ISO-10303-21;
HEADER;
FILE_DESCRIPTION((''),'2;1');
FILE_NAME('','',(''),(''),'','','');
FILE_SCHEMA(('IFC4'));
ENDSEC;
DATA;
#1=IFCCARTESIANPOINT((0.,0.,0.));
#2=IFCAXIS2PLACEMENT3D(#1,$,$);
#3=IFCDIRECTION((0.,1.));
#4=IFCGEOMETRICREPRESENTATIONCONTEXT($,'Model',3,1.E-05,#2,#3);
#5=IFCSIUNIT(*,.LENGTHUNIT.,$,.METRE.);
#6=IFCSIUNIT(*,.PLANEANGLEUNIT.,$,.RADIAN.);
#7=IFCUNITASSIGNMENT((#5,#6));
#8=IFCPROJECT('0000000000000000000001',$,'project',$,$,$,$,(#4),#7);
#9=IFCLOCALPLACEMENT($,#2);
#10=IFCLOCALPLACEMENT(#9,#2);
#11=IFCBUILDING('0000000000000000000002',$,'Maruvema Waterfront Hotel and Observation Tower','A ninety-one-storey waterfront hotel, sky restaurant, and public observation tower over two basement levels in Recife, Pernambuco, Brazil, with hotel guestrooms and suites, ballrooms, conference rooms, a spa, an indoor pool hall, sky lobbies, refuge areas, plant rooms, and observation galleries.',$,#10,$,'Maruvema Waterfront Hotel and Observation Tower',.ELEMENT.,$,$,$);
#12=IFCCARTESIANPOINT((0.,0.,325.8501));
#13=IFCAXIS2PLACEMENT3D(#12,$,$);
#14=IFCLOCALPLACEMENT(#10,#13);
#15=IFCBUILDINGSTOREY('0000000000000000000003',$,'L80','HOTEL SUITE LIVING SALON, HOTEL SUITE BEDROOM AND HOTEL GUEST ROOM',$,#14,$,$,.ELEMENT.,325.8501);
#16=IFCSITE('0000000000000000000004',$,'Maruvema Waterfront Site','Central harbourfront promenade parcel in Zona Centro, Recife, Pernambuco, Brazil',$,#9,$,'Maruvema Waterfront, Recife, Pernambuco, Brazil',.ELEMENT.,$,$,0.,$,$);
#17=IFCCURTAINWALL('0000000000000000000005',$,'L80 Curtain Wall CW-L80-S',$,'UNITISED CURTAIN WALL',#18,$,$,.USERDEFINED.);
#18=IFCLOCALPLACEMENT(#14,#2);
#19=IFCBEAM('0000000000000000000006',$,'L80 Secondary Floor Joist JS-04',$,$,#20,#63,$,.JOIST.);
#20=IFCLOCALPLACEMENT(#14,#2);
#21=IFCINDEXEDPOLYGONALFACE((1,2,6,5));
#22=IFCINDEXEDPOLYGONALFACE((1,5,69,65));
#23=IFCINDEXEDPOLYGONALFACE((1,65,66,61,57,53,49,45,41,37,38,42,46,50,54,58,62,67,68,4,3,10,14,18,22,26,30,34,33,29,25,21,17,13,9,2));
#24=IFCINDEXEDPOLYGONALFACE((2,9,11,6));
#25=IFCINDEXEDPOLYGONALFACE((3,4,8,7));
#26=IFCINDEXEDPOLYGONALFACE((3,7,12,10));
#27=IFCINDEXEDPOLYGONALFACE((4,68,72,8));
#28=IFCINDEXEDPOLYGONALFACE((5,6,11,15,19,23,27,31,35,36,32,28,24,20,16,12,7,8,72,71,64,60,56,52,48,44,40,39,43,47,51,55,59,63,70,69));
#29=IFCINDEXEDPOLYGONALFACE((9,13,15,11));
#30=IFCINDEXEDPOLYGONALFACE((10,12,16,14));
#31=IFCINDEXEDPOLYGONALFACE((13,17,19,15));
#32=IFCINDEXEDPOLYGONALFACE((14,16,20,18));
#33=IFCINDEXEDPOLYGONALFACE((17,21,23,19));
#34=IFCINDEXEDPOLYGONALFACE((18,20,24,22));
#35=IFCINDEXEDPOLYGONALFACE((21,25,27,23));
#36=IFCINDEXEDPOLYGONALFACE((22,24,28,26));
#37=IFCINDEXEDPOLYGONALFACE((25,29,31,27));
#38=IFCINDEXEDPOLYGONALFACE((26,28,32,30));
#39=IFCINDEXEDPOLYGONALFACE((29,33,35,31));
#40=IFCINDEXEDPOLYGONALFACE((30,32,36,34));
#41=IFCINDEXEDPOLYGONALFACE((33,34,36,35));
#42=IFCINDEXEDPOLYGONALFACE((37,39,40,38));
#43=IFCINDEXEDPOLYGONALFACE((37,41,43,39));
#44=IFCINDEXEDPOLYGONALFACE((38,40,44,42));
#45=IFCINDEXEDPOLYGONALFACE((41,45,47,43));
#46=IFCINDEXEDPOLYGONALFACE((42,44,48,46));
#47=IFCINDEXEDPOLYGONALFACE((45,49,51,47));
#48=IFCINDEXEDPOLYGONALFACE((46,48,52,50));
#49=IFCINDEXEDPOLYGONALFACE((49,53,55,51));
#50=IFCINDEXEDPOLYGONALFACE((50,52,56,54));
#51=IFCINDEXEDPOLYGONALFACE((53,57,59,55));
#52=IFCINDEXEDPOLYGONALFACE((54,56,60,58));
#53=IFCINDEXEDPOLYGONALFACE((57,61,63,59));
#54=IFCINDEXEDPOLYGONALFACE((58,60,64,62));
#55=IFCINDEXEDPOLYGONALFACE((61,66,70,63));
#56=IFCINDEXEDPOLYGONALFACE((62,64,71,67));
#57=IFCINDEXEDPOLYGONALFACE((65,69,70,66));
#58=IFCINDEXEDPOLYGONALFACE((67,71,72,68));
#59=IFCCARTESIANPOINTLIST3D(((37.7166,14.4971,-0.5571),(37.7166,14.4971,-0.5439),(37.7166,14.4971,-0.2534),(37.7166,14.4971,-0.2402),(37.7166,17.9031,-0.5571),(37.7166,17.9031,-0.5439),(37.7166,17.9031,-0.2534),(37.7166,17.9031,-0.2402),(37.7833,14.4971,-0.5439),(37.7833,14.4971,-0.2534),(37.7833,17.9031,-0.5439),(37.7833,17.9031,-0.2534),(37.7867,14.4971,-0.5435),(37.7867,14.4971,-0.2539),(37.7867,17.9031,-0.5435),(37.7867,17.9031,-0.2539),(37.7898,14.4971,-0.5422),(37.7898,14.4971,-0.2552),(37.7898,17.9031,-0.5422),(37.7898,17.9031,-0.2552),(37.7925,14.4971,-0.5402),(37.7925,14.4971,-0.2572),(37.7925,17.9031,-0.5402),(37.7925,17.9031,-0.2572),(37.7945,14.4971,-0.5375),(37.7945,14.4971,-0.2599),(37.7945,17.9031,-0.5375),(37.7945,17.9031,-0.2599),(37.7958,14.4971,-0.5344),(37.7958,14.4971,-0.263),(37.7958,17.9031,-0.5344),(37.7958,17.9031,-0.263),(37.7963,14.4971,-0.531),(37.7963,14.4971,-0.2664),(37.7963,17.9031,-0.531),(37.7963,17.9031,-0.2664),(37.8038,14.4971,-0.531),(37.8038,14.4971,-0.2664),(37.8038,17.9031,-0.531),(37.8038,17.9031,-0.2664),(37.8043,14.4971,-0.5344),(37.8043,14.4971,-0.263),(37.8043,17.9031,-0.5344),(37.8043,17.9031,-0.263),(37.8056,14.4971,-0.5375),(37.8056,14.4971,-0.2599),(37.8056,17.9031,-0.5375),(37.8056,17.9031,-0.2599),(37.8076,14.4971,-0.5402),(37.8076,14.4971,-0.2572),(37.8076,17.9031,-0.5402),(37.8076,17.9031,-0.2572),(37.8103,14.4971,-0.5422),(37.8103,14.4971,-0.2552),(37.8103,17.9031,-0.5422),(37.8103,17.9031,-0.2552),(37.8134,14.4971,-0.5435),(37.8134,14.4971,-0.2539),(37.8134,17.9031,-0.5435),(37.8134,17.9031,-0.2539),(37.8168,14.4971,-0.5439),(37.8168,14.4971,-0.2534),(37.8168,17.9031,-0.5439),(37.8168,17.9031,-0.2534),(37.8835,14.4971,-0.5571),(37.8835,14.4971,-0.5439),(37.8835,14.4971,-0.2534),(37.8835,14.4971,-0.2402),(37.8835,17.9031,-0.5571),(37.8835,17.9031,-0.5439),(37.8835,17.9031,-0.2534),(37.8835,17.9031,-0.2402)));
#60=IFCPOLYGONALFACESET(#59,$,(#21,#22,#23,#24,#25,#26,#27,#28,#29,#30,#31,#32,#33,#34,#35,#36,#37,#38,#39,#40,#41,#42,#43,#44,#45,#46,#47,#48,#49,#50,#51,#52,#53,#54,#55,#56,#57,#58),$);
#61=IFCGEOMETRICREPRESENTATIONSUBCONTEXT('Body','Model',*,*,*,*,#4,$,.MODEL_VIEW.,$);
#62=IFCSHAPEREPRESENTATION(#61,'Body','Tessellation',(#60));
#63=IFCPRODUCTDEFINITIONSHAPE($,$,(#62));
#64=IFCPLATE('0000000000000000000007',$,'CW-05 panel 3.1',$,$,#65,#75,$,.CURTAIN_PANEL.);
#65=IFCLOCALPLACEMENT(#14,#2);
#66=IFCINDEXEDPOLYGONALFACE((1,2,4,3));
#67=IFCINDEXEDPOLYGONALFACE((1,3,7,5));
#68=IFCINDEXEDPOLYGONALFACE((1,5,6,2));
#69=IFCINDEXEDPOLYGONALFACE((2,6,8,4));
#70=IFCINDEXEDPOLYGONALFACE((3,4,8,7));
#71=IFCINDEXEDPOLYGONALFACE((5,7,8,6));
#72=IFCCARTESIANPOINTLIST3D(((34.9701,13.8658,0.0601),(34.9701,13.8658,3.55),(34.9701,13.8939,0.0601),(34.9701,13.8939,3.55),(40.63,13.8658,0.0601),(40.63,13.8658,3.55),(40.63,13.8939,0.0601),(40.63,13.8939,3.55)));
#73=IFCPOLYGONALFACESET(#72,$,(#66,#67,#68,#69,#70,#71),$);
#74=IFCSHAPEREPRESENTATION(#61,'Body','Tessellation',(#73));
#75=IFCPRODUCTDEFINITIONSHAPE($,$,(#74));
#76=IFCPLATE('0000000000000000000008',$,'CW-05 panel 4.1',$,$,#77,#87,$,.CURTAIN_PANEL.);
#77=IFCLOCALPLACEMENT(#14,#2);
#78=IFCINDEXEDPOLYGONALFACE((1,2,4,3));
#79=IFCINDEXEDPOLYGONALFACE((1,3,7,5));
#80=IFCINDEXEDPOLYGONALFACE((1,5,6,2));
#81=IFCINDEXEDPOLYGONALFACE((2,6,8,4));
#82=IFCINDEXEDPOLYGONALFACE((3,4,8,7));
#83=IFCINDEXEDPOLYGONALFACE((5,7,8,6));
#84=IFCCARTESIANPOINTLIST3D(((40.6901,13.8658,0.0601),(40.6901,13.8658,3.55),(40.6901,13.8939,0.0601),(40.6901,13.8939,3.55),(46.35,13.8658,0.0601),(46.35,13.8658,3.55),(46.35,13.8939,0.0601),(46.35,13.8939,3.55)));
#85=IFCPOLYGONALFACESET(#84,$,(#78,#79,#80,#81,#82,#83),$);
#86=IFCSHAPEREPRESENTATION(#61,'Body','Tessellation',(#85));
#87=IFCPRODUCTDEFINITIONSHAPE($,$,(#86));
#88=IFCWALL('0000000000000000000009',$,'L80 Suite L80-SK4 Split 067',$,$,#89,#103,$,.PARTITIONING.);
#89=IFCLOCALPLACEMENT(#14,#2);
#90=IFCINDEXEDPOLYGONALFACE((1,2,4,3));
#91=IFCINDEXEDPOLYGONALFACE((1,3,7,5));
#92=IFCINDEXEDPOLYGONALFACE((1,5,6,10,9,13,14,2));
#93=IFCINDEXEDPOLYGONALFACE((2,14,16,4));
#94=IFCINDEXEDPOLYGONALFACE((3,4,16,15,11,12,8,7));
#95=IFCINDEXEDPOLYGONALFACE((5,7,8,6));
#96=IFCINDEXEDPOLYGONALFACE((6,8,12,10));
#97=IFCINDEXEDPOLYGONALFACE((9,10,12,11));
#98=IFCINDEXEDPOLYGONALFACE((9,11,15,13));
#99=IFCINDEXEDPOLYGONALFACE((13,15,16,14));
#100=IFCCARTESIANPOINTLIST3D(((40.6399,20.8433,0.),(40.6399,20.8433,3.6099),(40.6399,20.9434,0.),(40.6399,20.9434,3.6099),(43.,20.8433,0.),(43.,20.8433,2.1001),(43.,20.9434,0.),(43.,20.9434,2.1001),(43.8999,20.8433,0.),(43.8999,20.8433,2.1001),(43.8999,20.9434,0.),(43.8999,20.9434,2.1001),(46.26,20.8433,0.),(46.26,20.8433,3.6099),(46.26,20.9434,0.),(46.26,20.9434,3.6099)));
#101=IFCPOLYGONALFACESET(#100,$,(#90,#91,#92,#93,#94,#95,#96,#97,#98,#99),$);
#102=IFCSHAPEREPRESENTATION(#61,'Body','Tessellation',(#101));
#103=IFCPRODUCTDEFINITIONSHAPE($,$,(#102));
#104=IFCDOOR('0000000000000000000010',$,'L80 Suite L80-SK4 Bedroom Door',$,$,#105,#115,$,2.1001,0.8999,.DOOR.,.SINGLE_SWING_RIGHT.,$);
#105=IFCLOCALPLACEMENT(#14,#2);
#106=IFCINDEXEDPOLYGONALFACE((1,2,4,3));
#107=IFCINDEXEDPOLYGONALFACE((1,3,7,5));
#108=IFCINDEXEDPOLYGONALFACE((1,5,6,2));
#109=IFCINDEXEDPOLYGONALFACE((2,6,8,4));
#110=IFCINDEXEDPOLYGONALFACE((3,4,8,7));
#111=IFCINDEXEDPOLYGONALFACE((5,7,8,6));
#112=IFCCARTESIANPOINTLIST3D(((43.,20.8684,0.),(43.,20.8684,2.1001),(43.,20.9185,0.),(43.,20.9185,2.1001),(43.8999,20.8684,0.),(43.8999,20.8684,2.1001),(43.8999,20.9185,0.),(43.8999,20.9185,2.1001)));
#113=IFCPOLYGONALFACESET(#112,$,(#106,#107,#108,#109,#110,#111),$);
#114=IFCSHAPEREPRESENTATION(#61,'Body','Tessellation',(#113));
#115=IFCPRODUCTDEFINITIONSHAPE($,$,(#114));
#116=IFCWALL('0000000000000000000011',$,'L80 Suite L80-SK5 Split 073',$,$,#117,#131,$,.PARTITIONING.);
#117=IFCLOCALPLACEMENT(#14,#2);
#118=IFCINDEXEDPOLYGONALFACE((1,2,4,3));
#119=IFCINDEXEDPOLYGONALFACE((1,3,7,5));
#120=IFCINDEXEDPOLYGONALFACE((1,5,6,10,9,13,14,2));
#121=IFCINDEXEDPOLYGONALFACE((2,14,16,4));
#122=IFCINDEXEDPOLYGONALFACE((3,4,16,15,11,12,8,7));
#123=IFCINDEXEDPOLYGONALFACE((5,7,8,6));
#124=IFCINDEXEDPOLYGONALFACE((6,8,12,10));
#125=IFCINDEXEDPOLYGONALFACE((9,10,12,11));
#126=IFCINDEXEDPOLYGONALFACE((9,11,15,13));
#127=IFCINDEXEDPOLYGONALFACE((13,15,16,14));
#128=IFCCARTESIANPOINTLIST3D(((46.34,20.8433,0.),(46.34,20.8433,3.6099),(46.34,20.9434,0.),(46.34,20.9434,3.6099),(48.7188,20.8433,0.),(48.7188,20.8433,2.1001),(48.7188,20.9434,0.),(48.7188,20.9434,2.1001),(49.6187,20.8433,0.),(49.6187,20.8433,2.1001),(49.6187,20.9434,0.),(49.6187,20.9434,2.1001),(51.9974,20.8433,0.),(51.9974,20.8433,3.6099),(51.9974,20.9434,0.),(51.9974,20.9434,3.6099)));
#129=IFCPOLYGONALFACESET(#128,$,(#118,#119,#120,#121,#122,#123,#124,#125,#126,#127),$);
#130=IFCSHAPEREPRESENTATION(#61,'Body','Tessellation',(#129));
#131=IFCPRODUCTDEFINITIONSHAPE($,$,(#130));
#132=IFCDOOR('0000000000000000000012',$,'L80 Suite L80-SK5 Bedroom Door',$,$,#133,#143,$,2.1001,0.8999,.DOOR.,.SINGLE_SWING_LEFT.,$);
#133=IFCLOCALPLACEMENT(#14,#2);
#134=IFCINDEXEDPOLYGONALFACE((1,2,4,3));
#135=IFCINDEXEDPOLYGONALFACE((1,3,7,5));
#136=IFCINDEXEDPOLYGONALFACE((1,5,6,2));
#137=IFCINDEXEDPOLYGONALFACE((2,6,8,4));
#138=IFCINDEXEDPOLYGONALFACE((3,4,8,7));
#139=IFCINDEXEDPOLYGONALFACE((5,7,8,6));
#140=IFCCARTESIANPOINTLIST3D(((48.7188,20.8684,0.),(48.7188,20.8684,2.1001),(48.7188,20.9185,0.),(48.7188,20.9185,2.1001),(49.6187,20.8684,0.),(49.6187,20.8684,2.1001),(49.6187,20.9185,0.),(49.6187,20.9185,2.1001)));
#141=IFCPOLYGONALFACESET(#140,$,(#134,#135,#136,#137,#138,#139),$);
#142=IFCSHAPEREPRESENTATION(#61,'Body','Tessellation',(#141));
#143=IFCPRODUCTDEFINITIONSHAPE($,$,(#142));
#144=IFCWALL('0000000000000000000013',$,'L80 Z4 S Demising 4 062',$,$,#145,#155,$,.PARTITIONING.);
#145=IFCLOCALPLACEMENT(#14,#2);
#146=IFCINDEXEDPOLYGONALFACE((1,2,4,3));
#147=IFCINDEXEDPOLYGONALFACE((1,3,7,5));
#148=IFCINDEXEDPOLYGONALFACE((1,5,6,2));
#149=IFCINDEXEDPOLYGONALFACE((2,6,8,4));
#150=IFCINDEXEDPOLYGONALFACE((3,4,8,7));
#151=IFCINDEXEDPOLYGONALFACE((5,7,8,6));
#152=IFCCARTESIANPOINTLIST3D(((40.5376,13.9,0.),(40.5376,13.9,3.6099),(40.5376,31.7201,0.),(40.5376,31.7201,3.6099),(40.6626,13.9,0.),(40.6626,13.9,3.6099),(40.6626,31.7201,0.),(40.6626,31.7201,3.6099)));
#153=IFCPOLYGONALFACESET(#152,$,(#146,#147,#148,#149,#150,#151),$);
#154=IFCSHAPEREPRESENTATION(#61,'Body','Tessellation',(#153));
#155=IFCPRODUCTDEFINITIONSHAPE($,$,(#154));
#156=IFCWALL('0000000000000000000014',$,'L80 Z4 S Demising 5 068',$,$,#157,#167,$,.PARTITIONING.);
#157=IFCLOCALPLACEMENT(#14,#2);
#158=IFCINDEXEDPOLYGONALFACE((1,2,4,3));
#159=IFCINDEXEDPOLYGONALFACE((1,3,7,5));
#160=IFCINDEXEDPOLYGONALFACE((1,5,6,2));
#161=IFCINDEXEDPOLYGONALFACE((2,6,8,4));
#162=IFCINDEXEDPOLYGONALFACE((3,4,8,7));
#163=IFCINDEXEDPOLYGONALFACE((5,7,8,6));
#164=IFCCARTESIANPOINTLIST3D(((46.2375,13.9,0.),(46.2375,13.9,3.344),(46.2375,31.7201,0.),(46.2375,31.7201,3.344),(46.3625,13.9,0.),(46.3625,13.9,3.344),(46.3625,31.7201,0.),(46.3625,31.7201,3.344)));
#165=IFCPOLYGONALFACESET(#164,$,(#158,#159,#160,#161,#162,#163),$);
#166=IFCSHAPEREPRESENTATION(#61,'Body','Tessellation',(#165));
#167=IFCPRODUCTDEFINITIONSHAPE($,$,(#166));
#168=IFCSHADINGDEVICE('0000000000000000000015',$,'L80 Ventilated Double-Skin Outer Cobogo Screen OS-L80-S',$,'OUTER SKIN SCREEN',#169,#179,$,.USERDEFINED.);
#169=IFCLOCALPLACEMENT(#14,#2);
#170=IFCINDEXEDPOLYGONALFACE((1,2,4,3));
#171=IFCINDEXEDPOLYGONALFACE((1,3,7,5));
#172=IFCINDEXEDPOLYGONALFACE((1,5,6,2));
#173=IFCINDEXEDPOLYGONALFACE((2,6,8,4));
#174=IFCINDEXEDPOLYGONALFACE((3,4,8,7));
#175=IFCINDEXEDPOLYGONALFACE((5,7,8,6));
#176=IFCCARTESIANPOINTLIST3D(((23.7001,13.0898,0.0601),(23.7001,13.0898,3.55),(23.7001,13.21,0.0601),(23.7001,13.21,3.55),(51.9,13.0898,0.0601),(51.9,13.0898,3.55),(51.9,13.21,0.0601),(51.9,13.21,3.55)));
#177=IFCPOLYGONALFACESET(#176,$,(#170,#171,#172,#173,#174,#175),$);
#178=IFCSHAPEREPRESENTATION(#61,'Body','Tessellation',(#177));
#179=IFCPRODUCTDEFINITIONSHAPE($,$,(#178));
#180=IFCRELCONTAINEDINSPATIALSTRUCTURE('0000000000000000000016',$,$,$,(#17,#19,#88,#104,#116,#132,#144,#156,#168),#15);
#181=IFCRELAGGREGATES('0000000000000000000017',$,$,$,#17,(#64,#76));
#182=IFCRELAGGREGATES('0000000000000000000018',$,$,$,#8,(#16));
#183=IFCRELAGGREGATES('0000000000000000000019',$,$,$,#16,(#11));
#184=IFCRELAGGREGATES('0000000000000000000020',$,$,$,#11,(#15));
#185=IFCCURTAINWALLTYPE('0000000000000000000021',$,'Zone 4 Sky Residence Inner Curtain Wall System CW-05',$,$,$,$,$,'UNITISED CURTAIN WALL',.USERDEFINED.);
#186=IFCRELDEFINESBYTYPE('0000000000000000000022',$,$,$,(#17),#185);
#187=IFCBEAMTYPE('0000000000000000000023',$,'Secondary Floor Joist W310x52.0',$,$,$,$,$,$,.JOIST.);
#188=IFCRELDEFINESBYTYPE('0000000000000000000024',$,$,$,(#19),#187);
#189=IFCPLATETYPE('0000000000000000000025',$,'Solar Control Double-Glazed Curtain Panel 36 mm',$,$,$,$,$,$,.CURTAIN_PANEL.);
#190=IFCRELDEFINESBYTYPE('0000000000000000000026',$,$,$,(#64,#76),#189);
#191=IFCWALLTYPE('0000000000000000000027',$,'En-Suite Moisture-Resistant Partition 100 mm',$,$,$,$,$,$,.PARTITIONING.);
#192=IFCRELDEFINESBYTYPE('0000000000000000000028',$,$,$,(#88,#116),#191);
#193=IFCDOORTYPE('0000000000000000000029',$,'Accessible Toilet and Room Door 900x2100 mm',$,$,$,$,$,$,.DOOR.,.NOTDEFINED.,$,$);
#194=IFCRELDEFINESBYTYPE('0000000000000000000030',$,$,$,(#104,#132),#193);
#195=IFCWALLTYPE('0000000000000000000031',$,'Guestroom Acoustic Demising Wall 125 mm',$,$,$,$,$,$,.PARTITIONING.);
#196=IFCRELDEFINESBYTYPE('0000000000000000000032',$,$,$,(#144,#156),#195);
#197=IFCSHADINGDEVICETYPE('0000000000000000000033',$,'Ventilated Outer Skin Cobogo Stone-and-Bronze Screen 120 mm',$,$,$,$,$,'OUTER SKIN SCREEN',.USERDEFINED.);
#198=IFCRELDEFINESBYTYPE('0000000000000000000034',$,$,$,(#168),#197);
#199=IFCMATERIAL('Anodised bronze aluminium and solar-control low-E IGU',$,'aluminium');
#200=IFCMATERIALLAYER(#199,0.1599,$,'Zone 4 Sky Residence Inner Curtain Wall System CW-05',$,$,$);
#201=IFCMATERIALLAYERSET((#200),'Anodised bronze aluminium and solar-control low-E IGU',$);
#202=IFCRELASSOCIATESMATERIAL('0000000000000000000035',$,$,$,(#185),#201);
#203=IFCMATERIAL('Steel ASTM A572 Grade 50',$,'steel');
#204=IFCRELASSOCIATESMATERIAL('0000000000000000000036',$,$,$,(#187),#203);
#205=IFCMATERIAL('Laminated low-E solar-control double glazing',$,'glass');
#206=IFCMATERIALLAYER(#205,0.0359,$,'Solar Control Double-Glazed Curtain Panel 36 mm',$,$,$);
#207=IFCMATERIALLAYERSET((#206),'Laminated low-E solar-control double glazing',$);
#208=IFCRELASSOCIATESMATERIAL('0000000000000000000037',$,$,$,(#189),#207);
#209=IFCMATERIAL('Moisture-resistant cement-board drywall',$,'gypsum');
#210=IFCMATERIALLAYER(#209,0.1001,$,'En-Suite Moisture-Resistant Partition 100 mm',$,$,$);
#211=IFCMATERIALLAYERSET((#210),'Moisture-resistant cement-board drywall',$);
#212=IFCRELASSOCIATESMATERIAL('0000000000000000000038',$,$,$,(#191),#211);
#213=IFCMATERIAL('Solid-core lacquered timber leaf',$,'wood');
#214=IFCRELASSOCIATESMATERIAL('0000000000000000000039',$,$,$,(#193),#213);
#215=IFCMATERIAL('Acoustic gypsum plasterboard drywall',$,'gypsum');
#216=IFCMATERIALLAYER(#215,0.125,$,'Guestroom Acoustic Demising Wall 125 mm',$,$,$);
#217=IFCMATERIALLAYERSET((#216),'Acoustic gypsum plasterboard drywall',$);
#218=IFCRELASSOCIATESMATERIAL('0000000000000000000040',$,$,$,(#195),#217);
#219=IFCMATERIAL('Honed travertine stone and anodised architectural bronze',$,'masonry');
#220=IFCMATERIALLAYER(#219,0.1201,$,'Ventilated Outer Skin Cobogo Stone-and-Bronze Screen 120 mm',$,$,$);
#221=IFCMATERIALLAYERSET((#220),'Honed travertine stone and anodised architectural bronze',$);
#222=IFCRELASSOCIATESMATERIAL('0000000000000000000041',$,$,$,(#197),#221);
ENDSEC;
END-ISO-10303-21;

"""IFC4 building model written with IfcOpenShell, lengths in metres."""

from ifc_helpers import new_model, si_unit, direction, frame, frame_2d, origin, origin_2d, place, context, subcontext, project, spatial, rectangle, i_section, extrude, material, layer, layer_set, material_profile, profile_set, type_object, element, fill, aggregate, save


model = new_model("IFC4")

# Units and contexts
model_context = context("Model", 3, precision=1e-05, world=origin(), true_north=direction((0.0, 1.0)))
body_context = subcontext(model_context, "Body", "Model", "MODEL_VIEW")
ifc_project = project(units=[si_unit("LENGTHUNIT", "METRE"), si_unit("PLANEANGLEUNIT", "RADIAN")], contexts=[model_context])

# Site, building, storey
site_placement = place(None, origin())
site = spatial("IfcSite", under=ifc_project, at=site_placement, Name="Maruvema Waterfront Site", Description="Central harbourfront promenade parcel in Zona Centro, Recife, Pernambuco, Brazil", LongName="Maruvema Waterfront, Recife, Pernambuco, Brazil", CompositionType="ELEMENT", RefElevation=0.0)
building_placement = place(site_placement, origin())
building = spatial("IfcBuilding", under=site, at=building_placement, Name="Maruvema Waterfront Hotel and Observation Tower", Description="A ninety-one-storey waterfront hotel, sky restaurant, and public observation tower over two basement levels in Recife, Pernambuco, Brazil, with hotel guestrooms and suites, ballrooms, conference rooms, a spa, an indoor pool hall, sky lobbies, refuge areas, plant rooms, and observation galleries.", LongName="Maruvema Waterfront Hotel and Observation Tower", CompositionType="ELEMENT")
storey_placement = place(building_placement, frame((0.0, 0.0, 325.8501)))
storey = spatial("IfcBuildingStorey", under=building, at=storey_placement, Name="L80", Description="HOTEL SUITE LIVING SALON, HOTEL SUITE BEDROOM AND HOTEL GUEST ROOM", CompositionType="ELEMENT", Elevation=325.8501)

# Curtain wall
ifc_material_1 = material(Name="Anodised bronze aluminium and solar-control low-E IGU", Category="aluminium")
ifc_layer_1 = layer(ifc_material_1, 0.1599, Name="Zone 4 Sky Residence Inner Curtain Wall System CW-05")
ifc_layer_set_1 = layer_set([ifc_layer_1], Name="Anodised bronze aluminium and solar-control low-E IGU")
curtain_wall_type = type_object("IfcCurtainWallType", Name="Zone 4 Sky Residence Inner Curtain Wall System CW-05", ElementType="UNITISED CURTAIN WALL", PredefinedType="USERDEFINED", material=ifc_layer_set_1)
curtain_wall_placement = place(storey_placement, origin())
curtain_wall = element("IfcCurtainWall", 1, at=curtain_wall_placement, inside=storey, type_object=curtain_wall_type, Name="L80 Curtain Wall CW-L80-S", ObjectType="UNITISED CURTAIN WALL", PredefinedType="USERDEFINED")

# Beam
ifc_material_2 = material(Name="Steel ASTM A572 Grade 50", Category="steel")
ifc_material_profile_1 = material_profile(ifc_material_2, i_section(OverallWidth=0.167, OverallDepth=0.3169, WebThickness=0.0076, FlangeThickness=0.0132, FilletRadius=0.0129, at=origin_2d()), Name="W310x52.0")
ifc_profile_set_1 = profile_set([ifc_material_profile_1], Name="Steel ASTM A572 Grade 50")
beam_type_1 = type_object("IfcBeamType", Name="Secondary Floor Joist W310x52.0", PredefinedType="JOIST", material=ifc_profile_set_1)
beam_1_placement = place(storey_placement, frame((37.8, 14.4971, -0.3987), z_axis=(0.0, 1.0, 0.0), x_axis=(-1.0, 0.0, 0.0)))
element("IfcBeam", 2, at=beam_1_placement, inside=storey, type_object=beam_type_1, Name="L80 Secondary Floor Joist JS-04", PredefinedType="JOIST", context=body_context, shape_type="SweptSolid", body=[
    extrude(i_section(OverallWidth=0.167, OverallDepth=0.3169, WebThickness=0.0076, FlangeThickness=0.0132, FilletRadius=0.0129, at=origin_2d()), origin(), (0.0, 0.0, 1.0), 3.406),
])

# Plates
ifc_material_3 = material(Name="Laminated low-E solar-control double glazing", Category="glass")
ifc_layer_2 = layer(ifc_material_3, 0.0359, Name="Solar Control Double-Glazed Curtain Panel 36 mm")
ifc_layer_set_2 = layer_set([ifc_layer_2], Name="Laminated low-E solar-control double glazing")
plate_type = type_object("IfcPlateType", Name="Solar Control Double-Glazed Curtain Panel 36 mm", PredefinedType="CURTAIN_PANEL", material=ifc_layer_set_2)
plate_1_placement = place(storey_placement, frame((37.8, 13.8799, 0.0601), z_axis=(0.0, 0.0, 1.0), x_axis=(1.0, 0.0, 0.0)))
plate_1 = element("IfcPlate", 3, at=plate_1_placement, type_object=plate_type, Name="CW-05 panel 3.1", PredefinedType="CURTAIN_PANEL", context=body_context, shape_type="SweptSolid", body=[
    extrude(rectangle(XDim=5.6599, YDim=0.0281, at=origin_2d()), origin(), (0.0, 0.0, 1.0), 3.49),
])
plate_2_placement = place(storey_placement, frame((43.52, 13.8799, 0.0601), z_axis=(0.0, 0.0, 1.0), x_axis=(1.0, 0.0, 0.0)))
plate_2 = element("IfcPlate", 4, at=plate_2_placement, type_object=plate_type, Name="CW-05 panel 4.1", PredefinedType="CURTAIN_PANEL", context=body_context, shape_type="SweptSolid", body=[
    extrude(rectangle(XDim=5.6599, YDim=0.0281, at=origin_2d()), origin(), (0.0, 0.0, 1.0), 3.49),
])
aggregate(curtain_wall, [plate_1, plate_2])

# Walls, openings, doors
ifc_material_4 = material(Name="Moisture-resistant cement-board drywall", Category="gypsum")
ifc_layer_3 = layer(ifc_material_4, 0.1001, Name="En-Suite Moisture-Resistant Partition 100 mm")
ifc_layer_set_3 = layer_set([ifc_layer_3], Name="Moisture-resistant cement-board drywall")
wall_type_1 = type_object("IfcWallType", Name="En-Suite Moisture-Resistant Partition 100 mm", PredefinedType="PARTITIONING", material=ifc_layer_set_3)
wall_1_placement = place(storey_placement, frame((40.6399, 20.8933, 0.0), z_axis=(0.0, 0.0, 1.0), x_axis=(1.0, 0.0, 0.0)))
wall_1 = element("IfcWall", 5, at=wall_1_placement, inside=storey, type_object=wall_type_1, Name="L80 Suite L80-SK4 Split 067", PredefinedType="PARTITIONING", context=body_context, shape_type="SweptSolid", body=[
    extrude(rectangle(XDim=5.6201, YDim=0.1001, at=frame_2d((2.8101, 0.0))), origin(), (0.0, 0.0, 1.0), 3.6099),
])
opening_1_placement = place(wall_1_placement, frame((2.3601, 0.0, 0.0)))
opening_1 = element("IfcOpeningElement", 6, at=opening_1_placement, cuts=wall_1, PredefinedType="OPENING", context=body_context, shape_type="SweptSolid", body=[
    extrude(rectangle(XDim=0.8999, YDim=2.1001, at=frame_2d((0.45, 1.05))), frame((0.0, 0.0601, 0.0), z_axis=(0.0, -1.0, 0.0), x_axis=(1.0, 0.0, 0.0)), (0.0, 0.0, 1.0), 0.1201),
])
ifc_material_5 = material(Name="Solid-core lacquered timber leaf", Category="wood")
door_type = type_object("IfcDoorType", Name="Accessible Toilet and Room Door 900x2100 mm", OperationType="NOTDEFINED", PredefinedType="DOOR", material=ifc_material_5)
door_1_placement = place(opening_1_placement, frame((0.8999, 0.0, 0.0), z_axis=(0.0, 0.0, 1.0), x_axis=(-1.0, 0.0, 0.0)))
door_1 = element("IfcDoor", 7, at=door_1_placement, inside=storey, type_object=door_type, Name="L80 Suite L80-SK4 Bedroom Door", OperationType="SINGLE_SWING_RIGHT", OverallHeight=2.1001, OverallWidth=0.8999, PredefinedType="DOOR", context=body_context, shape_type="SweptSolid", body=[
    extrude(rectangle(XDim=0.8999, YDim=2.1001, at=frame_2d((0.45, 1.05))), frame((0.0, 0.0249, 0.0), z_axis=(0.0, -1.0, 0.0), x_axis=(1.0, 0.0, 0.0)), (0.0, 0.0, 1.0), 0.05),
])
fill(opening_1, door_1)
wall_2_placement = place(storey_placement, frame((46.3401, 20.8933, 0.0), z_axis=(0.0, 0.0, 1.0), x_axis=(1.0, 0.0, 0.0)))
wall_2 = element("IfcWall", 8, at=wall_2_placement, inside=storey, type_object=wall_type_1, Name="L80 Suite L80-SK5 Split 073", PredefinedType="PARTITIONING", context=body_context, shape_type="SweptSolid", body=[
    extrude(rectangle(XDim=5.6575, YDim=0.1001, at=frame_2d((2.8286, 0.0))), origin(), (0.0, 0.0, 1.0), 3.6099),
])
opening_2_placement = place(wall_2_placement, frame((2.3787, 0.0, 0.0)))
opening_2 = element("IfcOpeningElement", 9, at=opening_2_placement, cuts=wall_2, PredefinedType="OPENING", context=body_context, shape_type="SweptSolid", body=[
    extrude(rectangle(XDim=0.8999, YDim=2.1001, at=frame_2d((0.45, 1.05))), frame((0.0, 0.0601, 0.0), z_axis=(0.0, -1.0, 0.0), x_axis=(1.0, 0.0, 0.0)), (0.0, 0.0, 1.0), 0.1201),
])
door_2_placement = place(opening_2_placement, frame((0.8999, 0.0, 0.0), z_axis=(0.0, 0.0, 1.0), x_axis=(-1.0, 0.0, 0.0)))
door_2 = element("IfcDoor", 10, at=door_2_placement, inside=storey, type_object=door_type, Name="L80 Suite L80-SK5 Bedroom Door", OperationType="SINGLE_SWING_LEFT", OverallHeight=2.1001, OverallWidth=0.8999, PredefinedType="DOOR", context=body_context, shape_type="SweptSolid", body=[
    extrude(rectangle(XDim=0.8999, YDim=2.1001, at=frame_2d((0.45, 1.05))), frame((0.0, 0.0249, 0.0), z_axis=(0.0, -1.0, 0.0), x_axis=(1.0, 0.0, 0.0)), (0.0, 0.0, 1.0), 0.05),
])
fill(opening_2, door_2)

# Walls
ifc_material_6 = material(Name="Acoustic gypsum plasterboard drywall", Category="gypsum")
ifc_layer_4 = layer(ifc_material_6, 0.125, Name="Guestroom Acoustic Demising Wall 125 mm")
ifc_layer_set_4 = layer_set([ifc_layer_4], Name="Acoustic gypsum plasterboard drywall")
wall_type_2 = type_object("IfcWallType", Name="Guestroom Acoustic Demising Wall 125 mm", PredefinedType="PARTITIONING", material=ifc_layer_set_4)
wall_3_placement = place(storey_placement, frame((40.6001, 13.8999, 0.0), z_axis=(0.0, 0.0, 1.0), x_axis=(0.0, 1.0, 0.0)))
element("IfcWall", 11, at=wall_3_placement, inside=storey, type_object=wall_type_2, Name="L80 Z4 S Demising 4 062", PredefinedType="PARTITIONING", context=body_context, shape_type="SweptSolid", body=[
    extrude(rectangle(XDim=17.8201, YDim=0.125, at=frame_2d((8.9102, 0.0))), origin(), (0.0, 0.0, 1.0), 3.6099),
])
wall_4_placement = place(storey_placement, frame((46.3, 13.8999, 0.0), z_axis=(0.0, 0.0, 1.0), x_axis=(0.0, 1.0, 0.0)))
element("IfcWall", 12, at=wall_4_placement, inside=storey, type_object=wall_type_2, Name="L80 Z4 S Demising 5 068", PredefinedType="PARTITIONING", context=body_context, shape_type="SweptSolid", body=[
    extrude(rectangle(XDim=17.8201, YDim=0.125, at=frame_2d((8.9102, 0.0))), origin(), (0.0, 0.0, 1.0), 3.344),
])

# Shading device
ifc_material_7 = material(Name="Honed travertine stone and anodised architectural bronze", Category="masonry")
ifc_layer_5 = layer(ifc_material_7, 0.1201, Name="Ventilated Outer Skin Cobogo Stone-and-Bronze Screen 120 mm")
ifc_layer_set_5 = layer_set([ifc_layer_5], Name="Honed travertine stone and anodised architectural bronze")
shading_device_type = type_object("IfcShadingDeviceType", Name="Ventilated Outer Skin Cobogo Stone-and-Bronze Screen 120 mm", ElementType="OUTER SKIN SCREEN", PredefinedType="USERDEFINED", material=ifc_layer_set_5)
shading_device_placement = place(storey_placement, frame((37.8, 13.1499, 0.0601), z_axis=(0.0, 0.0, 1.0), x_axis=(1.0, 0.0, 0.0)))
element("IfcShadingDevice", 13, at=shading_device_placement, inside=storey, type_object=shading_device_type, Name="L80 Ventilated Double-Skin Outer Cobogo Screen OS-L80-S", ObjectType="OUTER SKIN SCREEN", PredefinedType="USERDEFINED", context=body_context, shape_type="SweptSolid", body=[
    extrude(rectangle(XDim=28.2, YDim=0.1201, at=origin_2d()), origin(), (0.0, 0.0, 1.0), 3.49),
])

save(model, "model.ifc")
